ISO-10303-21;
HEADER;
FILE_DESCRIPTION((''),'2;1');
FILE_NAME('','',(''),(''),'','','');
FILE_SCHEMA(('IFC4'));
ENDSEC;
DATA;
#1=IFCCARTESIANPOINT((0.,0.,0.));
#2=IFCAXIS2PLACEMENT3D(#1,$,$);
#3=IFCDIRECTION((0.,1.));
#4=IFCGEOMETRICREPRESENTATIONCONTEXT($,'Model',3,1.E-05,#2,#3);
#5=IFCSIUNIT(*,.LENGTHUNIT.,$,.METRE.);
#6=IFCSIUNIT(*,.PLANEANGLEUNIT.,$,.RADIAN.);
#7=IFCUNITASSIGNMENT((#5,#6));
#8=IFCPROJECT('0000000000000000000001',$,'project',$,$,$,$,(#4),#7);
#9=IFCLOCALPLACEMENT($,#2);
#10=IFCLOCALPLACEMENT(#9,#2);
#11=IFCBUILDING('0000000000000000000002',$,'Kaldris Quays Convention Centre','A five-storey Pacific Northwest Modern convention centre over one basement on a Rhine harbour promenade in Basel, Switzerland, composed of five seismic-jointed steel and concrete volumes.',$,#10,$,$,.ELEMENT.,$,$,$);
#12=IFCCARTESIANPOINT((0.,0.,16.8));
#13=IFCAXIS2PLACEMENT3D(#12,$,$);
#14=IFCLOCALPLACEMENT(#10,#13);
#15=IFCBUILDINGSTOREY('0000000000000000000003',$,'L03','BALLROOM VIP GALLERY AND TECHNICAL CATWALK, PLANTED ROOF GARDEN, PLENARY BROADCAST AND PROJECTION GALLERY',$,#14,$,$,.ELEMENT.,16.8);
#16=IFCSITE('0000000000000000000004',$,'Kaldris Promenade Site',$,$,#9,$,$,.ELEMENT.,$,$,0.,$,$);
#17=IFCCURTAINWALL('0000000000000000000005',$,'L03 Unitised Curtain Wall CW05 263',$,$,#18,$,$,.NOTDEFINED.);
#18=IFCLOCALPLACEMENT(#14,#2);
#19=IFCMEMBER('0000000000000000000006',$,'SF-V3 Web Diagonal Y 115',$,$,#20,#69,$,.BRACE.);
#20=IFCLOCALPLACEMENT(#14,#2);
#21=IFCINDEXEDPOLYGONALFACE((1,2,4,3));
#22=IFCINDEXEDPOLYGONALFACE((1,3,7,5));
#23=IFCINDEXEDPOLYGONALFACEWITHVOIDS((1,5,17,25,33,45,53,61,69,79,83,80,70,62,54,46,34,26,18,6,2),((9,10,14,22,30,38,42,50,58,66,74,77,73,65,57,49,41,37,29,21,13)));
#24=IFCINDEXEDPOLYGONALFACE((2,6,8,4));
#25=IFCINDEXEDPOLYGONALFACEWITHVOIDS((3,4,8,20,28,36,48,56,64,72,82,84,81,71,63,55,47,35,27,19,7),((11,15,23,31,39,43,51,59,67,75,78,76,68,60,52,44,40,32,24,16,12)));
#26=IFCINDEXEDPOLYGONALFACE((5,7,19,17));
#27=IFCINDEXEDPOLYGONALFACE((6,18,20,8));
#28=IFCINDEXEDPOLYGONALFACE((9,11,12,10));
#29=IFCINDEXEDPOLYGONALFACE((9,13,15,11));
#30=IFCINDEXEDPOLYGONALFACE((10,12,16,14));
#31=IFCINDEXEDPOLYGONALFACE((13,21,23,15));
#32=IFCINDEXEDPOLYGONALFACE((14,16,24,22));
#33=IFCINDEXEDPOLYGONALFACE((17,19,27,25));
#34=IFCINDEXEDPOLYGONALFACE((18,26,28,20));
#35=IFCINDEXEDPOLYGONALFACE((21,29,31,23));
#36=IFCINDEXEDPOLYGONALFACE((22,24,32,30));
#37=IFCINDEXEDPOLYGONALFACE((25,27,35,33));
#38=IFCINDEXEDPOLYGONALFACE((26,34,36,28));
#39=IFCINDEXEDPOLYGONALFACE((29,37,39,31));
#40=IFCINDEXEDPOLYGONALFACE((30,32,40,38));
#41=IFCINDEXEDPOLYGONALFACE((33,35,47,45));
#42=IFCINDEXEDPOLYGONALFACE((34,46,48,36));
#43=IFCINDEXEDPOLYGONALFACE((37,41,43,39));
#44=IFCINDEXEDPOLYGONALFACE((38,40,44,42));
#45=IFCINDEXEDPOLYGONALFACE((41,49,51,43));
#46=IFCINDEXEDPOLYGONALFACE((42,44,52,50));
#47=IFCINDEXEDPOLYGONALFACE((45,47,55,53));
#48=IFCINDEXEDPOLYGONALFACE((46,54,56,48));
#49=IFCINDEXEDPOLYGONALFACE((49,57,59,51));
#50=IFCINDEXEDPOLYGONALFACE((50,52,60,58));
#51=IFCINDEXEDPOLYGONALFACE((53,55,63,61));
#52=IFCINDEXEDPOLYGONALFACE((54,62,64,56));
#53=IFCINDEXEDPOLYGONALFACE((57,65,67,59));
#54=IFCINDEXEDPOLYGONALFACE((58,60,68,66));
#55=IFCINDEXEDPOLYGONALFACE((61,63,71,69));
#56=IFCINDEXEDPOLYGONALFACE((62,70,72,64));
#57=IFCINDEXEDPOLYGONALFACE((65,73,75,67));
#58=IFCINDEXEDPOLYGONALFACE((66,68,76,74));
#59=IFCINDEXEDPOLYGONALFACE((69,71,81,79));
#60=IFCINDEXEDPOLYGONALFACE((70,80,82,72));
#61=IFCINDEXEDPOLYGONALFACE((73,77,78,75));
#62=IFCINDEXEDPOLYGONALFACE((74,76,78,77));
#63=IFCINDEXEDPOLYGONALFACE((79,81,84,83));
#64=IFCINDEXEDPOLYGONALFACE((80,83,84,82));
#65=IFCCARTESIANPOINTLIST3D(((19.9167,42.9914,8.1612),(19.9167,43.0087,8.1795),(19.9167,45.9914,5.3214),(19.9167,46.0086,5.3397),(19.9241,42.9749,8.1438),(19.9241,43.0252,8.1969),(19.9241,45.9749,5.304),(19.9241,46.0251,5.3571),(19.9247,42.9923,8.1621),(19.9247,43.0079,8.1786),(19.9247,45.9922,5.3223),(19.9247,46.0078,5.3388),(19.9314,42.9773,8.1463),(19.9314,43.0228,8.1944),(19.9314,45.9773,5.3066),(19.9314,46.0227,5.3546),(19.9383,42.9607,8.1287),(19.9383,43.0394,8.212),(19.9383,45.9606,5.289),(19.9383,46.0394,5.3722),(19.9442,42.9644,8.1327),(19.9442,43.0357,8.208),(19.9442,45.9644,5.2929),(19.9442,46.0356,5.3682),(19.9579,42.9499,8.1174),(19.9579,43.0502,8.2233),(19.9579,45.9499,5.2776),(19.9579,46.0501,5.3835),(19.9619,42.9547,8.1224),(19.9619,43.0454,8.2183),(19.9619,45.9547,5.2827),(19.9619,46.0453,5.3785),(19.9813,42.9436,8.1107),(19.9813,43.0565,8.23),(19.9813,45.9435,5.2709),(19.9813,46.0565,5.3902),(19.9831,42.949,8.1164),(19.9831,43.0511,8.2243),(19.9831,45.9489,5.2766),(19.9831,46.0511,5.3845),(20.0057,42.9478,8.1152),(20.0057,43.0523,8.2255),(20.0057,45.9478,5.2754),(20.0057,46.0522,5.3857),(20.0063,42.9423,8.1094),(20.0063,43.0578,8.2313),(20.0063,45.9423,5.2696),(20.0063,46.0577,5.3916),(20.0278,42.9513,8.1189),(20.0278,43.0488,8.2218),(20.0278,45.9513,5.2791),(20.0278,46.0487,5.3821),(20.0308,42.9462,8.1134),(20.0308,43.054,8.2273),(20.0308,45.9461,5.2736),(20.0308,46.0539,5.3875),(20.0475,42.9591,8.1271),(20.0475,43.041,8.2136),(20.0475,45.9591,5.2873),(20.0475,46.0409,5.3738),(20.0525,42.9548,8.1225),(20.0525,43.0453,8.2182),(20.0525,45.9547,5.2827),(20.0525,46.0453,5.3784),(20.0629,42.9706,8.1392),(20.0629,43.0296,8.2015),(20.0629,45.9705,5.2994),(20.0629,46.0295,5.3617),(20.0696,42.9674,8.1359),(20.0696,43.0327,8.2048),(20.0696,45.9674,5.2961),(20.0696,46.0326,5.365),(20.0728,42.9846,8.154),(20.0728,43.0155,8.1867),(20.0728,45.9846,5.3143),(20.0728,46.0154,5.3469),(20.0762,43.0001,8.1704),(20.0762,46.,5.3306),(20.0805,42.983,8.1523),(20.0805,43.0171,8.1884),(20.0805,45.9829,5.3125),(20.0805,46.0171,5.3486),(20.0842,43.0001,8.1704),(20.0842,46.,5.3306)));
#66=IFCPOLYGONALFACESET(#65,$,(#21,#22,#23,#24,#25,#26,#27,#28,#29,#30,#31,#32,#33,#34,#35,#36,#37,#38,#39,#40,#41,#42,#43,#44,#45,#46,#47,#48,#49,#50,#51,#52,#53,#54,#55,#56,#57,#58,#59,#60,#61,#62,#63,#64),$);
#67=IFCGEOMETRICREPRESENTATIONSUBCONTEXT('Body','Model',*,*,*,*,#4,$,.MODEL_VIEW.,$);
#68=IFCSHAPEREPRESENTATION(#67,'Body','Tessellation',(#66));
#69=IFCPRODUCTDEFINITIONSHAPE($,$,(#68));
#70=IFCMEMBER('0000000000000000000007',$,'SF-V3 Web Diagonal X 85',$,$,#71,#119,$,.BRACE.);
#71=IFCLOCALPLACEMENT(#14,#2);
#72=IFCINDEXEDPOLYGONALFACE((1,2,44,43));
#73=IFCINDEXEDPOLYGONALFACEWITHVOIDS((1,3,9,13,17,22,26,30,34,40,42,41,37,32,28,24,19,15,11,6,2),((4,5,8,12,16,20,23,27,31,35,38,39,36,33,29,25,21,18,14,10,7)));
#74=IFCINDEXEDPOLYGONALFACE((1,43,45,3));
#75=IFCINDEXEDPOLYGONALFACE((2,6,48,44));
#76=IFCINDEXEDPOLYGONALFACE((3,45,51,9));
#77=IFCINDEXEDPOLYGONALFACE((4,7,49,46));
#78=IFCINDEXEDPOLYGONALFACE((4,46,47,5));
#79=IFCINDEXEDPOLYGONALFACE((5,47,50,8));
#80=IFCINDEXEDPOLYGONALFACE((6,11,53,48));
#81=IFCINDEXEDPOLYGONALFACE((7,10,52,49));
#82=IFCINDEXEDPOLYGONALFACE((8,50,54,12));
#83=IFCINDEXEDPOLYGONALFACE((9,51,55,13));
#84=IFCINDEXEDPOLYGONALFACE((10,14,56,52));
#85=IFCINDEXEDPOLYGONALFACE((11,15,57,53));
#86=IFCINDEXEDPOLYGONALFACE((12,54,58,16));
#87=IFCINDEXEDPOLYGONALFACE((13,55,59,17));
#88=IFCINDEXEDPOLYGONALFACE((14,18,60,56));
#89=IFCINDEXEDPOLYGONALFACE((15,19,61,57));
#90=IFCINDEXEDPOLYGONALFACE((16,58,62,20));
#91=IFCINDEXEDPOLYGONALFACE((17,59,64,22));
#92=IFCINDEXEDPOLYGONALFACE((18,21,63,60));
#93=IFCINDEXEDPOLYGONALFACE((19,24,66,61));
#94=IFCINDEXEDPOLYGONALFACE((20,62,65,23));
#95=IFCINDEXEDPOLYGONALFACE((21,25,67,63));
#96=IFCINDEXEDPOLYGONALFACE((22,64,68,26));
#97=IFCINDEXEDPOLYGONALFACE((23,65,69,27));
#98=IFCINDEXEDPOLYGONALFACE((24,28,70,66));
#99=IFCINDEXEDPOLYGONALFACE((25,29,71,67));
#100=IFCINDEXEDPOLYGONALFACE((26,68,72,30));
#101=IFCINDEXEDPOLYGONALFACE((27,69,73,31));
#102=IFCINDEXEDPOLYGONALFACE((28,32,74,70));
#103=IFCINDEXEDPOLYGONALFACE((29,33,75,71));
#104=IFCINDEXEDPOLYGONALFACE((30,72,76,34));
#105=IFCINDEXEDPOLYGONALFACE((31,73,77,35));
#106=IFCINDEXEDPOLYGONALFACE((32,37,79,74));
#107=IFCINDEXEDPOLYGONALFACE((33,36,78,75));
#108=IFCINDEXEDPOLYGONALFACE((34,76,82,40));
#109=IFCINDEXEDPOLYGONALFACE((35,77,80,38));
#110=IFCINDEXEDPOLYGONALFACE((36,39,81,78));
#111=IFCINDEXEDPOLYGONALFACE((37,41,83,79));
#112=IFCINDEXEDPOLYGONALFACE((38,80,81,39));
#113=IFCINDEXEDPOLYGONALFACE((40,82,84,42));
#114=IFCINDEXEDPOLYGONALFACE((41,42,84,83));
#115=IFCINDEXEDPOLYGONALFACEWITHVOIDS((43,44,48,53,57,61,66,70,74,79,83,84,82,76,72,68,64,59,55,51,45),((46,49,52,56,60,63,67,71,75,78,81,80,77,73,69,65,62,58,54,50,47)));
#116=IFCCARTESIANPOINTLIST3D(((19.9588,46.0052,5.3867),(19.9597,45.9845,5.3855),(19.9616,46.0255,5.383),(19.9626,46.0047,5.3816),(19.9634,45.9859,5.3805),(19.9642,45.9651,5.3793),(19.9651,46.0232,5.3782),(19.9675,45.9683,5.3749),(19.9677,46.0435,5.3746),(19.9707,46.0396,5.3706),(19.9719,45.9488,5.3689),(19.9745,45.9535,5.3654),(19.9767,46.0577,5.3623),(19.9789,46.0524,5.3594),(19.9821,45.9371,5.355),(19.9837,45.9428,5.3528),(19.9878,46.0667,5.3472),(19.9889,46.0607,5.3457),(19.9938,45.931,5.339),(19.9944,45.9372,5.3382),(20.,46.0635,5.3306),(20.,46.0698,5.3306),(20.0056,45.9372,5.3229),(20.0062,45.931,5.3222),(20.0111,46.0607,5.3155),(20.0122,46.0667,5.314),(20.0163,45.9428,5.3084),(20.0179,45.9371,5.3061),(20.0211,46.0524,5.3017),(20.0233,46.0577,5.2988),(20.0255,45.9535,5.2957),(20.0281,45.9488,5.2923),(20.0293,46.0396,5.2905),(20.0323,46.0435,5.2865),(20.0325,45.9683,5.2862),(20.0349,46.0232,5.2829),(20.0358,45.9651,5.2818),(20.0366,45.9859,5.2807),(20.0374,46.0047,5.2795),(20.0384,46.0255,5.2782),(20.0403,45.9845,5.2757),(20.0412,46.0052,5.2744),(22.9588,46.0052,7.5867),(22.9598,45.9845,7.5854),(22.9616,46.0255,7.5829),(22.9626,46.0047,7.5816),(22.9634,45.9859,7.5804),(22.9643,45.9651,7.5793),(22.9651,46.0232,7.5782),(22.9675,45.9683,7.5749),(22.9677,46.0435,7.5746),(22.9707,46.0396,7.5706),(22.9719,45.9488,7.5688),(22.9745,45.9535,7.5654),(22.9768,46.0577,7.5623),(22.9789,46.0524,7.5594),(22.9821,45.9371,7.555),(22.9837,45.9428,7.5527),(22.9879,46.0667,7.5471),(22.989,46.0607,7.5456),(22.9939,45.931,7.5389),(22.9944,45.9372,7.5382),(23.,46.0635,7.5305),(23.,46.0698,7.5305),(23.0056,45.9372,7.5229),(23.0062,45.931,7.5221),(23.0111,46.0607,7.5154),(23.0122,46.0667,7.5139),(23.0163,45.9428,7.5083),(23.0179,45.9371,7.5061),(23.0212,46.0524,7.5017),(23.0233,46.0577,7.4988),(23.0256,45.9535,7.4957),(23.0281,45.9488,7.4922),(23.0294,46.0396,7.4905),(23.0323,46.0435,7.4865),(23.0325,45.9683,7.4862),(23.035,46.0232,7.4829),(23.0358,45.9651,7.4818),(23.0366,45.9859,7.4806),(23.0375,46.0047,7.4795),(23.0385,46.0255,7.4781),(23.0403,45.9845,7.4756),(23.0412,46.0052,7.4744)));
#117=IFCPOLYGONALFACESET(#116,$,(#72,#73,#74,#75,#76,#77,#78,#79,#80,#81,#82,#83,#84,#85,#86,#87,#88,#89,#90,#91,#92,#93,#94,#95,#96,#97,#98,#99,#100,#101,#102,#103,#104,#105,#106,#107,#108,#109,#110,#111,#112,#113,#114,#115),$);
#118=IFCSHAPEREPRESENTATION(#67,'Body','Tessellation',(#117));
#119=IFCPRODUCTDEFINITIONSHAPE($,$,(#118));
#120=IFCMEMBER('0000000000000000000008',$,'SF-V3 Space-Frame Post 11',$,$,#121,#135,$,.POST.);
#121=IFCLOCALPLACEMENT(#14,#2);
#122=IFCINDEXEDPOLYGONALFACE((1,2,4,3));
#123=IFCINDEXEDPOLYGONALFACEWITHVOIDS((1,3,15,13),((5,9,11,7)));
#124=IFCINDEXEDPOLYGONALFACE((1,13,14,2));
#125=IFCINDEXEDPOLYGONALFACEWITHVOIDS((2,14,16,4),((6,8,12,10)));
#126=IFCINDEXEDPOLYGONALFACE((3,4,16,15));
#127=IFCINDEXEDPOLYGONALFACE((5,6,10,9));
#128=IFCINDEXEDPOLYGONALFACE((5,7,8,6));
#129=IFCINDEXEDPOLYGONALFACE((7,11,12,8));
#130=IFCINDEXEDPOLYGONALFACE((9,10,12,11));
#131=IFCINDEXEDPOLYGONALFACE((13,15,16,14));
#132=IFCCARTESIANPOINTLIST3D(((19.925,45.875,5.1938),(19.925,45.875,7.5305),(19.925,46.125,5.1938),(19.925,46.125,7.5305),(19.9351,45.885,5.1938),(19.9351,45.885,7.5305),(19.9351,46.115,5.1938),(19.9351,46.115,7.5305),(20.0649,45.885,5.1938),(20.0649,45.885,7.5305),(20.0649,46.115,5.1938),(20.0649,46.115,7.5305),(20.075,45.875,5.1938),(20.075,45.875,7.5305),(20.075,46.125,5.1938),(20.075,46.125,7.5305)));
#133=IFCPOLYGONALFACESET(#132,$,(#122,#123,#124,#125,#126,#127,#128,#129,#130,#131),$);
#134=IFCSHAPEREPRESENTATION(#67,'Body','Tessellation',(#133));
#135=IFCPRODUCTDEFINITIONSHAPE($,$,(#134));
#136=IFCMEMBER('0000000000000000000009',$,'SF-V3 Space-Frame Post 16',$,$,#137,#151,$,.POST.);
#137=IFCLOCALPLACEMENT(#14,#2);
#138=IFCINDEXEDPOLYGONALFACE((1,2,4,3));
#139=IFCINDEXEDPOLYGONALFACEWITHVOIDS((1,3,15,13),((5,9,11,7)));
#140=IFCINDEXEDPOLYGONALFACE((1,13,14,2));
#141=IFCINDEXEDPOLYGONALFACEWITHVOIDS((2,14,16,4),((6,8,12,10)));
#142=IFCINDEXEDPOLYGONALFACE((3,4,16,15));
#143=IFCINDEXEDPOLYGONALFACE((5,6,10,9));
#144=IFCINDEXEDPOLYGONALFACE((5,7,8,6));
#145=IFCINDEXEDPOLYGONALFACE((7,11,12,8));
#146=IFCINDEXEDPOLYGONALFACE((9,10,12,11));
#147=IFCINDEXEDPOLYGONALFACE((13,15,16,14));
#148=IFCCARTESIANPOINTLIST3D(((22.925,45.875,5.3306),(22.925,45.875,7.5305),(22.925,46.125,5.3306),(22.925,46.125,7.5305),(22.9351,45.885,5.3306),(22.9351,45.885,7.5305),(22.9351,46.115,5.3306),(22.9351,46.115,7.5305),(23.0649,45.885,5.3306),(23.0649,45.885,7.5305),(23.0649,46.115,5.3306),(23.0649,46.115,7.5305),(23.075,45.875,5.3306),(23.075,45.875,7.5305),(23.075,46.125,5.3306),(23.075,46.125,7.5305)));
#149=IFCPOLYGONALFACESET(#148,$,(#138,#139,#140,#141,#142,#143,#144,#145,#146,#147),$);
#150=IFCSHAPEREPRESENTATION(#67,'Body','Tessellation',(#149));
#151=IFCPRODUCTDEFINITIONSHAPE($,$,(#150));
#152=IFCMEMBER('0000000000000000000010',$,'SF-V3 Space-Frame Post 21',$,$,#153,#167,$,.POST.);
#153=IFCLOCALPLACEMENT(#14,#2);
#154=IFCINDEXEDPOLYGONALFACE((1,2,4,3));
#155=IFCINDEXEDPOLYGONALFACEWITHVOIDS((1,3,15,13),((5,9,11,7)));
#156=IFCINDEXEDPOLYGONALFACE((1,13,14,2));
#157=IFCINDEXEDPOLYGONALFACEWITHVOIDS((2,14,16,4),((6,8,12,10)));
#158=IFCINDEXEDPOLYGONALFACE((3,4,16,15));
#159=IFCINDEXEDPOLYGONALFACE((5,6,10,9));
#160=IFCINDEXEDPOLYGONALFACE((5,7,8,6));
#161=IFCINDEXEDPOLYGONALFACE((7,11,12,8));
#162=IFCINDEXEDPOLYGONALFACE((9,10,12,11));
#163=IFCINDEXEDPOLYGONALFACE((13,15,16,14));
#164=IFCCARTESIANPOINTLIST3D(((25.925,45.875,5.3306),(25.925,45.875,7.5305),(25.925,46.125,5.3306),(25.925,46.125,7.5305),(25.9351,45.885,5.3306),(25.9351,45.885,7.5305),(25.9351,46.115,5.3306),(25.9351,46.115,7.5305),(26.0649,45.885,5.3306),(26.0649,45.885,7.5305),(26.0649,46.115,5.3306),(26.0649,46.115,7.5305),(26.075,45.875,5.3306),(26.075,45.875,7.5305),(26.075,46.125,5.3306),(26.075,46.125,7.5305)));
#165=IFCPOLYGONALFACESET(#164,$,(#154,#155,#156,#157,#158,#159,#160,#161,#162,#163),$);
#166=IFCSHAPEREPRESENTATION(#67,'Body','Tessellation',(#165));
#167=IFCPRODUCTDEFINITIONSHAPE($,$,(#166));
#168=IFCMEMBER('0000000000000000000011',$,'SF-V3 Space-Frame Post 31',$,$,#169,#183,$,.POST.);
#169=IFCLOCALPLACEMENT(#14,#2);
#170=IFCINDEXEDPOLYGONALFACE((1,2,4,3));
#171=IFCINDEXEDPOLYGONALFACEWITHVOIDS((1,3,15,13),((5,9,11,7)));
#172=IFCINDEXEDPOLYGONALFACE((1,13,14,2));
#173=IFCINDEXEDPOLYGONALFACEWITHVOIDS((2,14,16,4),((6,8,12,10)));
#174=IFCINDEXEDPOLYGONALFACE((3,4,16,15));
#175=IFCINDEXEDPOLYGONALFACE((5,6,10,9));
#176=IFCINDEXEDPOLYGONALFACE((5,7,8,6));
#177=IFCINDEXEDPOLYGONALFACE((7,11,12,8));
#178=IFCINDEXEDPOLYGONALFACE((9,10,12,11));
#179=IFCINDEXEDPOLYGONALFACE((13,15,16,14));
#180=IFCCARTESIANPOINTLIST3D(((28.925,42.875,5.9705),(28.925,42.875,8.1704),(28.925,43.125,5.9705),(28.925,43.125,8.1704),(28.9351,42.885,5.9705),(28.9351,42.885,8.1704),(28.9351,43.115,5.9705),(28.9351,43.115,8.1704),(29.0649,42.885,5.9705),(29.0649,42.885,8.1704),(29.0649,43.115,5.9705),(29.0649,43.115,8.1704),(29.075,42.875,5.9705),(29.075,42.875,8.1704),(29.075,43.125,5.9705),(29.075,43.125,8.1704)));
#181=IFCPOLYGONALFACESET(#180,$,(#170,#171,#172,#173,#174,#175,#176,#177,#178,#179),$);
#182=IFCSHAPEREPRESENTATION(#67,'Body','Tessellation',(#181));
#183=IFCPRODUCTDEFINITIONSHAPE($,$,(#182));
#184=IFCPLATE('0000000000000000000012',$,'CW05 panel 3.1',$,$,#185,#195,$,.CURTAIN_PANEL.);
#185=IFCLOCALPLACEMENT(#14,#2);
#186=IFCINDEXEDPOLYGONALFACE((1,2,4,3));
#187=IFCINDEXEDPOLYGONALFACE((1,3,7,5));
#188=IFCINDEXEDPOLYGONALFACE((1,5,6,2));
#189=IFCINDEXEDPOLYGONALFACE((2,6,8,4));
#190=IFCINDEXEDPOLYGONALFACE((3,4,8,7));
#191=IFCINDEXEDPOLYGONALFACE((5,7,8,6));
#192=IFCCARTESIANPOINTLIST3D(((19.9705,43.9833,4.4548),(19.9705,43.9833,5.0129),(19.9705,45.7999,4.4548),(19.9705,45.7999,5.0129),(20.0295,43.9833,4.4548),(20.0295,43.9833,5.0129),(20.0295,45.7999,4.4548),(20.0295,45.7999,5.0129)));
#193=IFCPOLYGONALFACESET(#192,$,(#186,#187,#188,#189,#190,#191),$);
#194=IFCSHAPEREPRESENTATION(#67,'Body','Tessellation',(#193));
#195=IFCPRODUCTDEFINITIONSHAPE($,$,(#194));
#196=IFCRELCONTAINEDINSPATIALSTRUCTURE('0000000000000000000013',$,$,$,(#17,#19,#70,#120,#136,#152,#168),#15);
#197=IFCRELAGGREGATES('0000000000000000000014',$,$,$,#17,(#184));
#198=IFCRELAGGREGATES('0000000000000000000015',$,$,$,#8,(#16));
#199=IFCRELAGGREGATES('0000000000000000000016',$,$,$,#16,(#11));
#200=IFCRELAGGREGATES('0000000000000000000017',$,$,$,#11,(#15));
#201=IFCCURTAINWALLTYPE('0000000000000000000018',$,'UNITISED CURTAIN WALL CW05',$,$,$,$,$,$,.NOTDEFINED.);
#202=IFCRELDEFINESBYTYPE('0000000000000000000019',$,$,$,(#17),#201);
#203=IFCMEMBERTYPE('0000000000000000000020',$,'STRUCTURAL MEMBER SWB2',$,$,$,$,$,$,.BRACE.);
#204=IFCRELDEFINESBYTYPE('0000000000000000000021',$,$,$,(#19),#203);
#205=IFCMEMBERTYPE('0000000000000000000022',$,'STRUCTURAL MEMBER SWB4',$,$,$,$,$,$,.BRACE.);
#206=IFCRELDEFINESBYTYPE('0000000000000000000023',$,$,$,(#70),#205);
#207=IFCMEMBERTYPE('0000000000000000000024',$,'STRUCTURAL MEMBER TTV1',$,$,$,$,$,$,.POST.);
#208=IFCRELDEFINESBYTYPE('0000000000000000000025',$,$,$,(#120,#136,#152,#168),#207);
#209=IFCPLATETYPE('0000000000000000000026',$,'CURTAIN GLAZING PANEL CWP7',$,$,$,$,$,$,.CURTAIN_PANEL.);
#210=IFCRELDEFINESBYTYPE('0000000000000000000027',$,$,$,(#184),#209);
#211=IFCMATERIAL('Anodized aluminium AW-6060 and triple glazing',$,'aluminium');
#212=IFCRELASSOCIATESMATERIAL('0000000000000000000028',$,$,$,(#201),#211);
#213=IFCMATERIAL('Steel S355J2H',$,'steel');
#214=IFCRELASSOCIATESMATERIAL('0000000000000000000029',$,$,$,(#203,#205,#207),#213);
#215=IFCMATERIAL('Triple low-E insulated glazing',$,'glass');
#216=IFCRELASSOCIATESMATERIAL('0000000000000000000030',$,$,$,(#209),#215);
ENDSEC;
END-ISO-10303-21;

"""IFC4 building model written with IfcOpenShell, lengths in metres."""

from ifc_helpers import new_model, si_unit, direction, frame, origin, origin_2d, place, context, subcontext, project, spatial, rectangle, hollow_rectangle, hollow_circle, extrude, material, material_profile, profile_set, type_object, element, aggregate, save


model = new_model("IFC4")

# Units and contexts
model_context = context("Model", 3, precision=1e-05, world=origin(), true_north=direction((0.0, 1.0)))
body_context = subcontext(model_context, "Body", "Model", "MODEL_VIEW")
ifc_project = project(units=[si_unit("LENGTHUNIT", "METRE"), si_unit("PLANEANGLEUNIT", "RADIAN")], contexts=[model_context])

# Site, building, storey
site_placement = place(None, origin())
site = spatial("IfcSite", under=ifc_project, at=site_placement, Name="Kaldris Promenade Site", CompositionType="ELEMENT", RefElevation=0.0)
building_placement = place(site_placement, origin())
building = spatial("IfcBuilding", under=site, at=building_placement, Name="Kaldris Quays Convention Centre", Description="A five-storey Pacific Northwest Modern convention centre over one basement on a Rhine harbour promenade in Basel, Switzerland, composed of five seismic-jointed steel and concrete volumes.", CompositionType="ELEMENT")
storey_placement = place(building_placement, frame((0.0, 0.0, 16.8)))
storey = spatial("IfcBuildingStorey", under=building, at=storey_placement, Name="L03", Description="BALLROOM VIP GALLERY AND TECHNICAL CATWALK, PLANTED ROOF GARDEN, PLENARY BROADCAST AND PROJECTION GALLERY", CompositionType="ELEMENT", Elevation=16.8)

# Curtain wall
ifc_material_1 = material(Name="Anodized aluminium AW-6060 and triple glazing", Category="aluminium")
curtain_wall_type = type_object("IfcCurtainWallType", Name="UNITISED CURTAIN WALL CW05", PredefinedType="NOTDEFINED", material=ifc_material_1)
curtain_wall_placement = place(storey_placement, origin())
curtain_wall = element("IfcCurtainWall", 1, at=curtain_wall_placement, inside=storey, type_object=curtain_wall_type, Name="L03 Unitised Curtain Wall CW05 263", PredefinedType="NOTDEFINED")

# Members
ifc_material_2 = material(Name="Steel S355J2H", Category="steel")
ifc_material_profile_1 = material_profile(ifc_material_2, hollow_circle(Radius=0.0842, WallThickness=0.0081, at=origin_2d()), Name="CHS 168.3x8")
ifc_profile_set_1 = profile_set([ifc_material_profile_1], Name="Steel S355J2H")
member_type_1 = type_object("IfcMemberType", Name="STRUCTURAL MEMBER SWB2", PredefinedType="BRACE", material=ifc_profile_set_1)
member_1_placement = place(storey_placement, frame((20.0, 46.0, 5.3306), z_axis=(0.0, -0.726226, 0.687456), x_axis=(1.0, 0.0, 0.0)))
element("IfcMember", 2, at=member_1_placement, inside=storey, type_object=member_type_1, Name="SF-V3 Web Diagonal Y 115", PredefinedType="BRACE", context=body_context, shape_type="SweptSolid", body=[
    extrude(hollow_circle(Radius=0.0842, WallThickness=0.0081, at=origin_2d()), origin(), (0.0, 0.0, 1.0), 4.1309),
])
ifc_material_profile_2 = material_profile(ifc_material_2, hollow_circle(Radius=0.0698, WallThickness=0.0063, at=origin_2d()), Name="CHS 139.7x6.3")
ifc_profile_set_2 = profile_set([ifc_material_profile_2], Name="Steel S355J2H")
member_type_2 = type_object("IfcMemberType", Name="STRUCTURAL MEMBER SWB4", PredefinedType="BRACE", material=ifc_profile_set_2)
member_2_placement = place(storey_placement, frame((20.0, 46.0, 5.3306), z_axis=(0.806411, 0.0, 0.591355), x_axis=(0.0, 1.0, 0.0)))
element("IfcMember", 3, at=member_2_placement, inside=storey, type_object=member_type_2, Name="SF-V3 Web Diagonal X 85", PredefinedType="BRACE", context=body_context, shape_type="SweptSolid", body=[
    extrude(hollow_circle(Radius=0.0698, WallThickness=0.0063, at=origin_2d()), origin(), (0.0, 0.0, 1.0), 3.7202),
])
ifc_material_profile_3 = material_profile(ifc_material_2, hollow_rectangle(XDim=0.1499, YDim=0.25, WallThickness=0.01, at=origin_2d()), Name="RHS 250x150x10")
ifc_profile_set_3 = profile_set([ifc_material_profile_3], Name="Steel S355J2H")
member_type_3 = type_object("IfcMemberType", Name="STRUCTURAL MEMBER TTV1", PredefinedType="POST", material=ifc_profile_set_3)
member_3_placement = place(storey_placement, frame((20.0, 46.0, 5.1938), z_axis=(0.0, 0.0, 1.0), x_axis=(1.0, 0.0, 0.0)))
element("IfcMember", 4, at=member_3_placement, inside=storey, type_object=member_type_3, Name="SF-V3 Space-Frame Post 11", PredefinedType="POST", context=body_context, shape_type="SweptSolid", body=[
    extrude(hollow_rectangle(XDim=0.1499, YDim=0.25, WallThickness=0.01, at=origin_2d()), origin(), (0.0, 0.0, 1.0), 2.3367),
])
for number, where, z_axis, x_axis, name in (
    (5, (23.0, 46.0, 5.3306), (0.0, 0.0, 1.0), (1.0, 0.0, 0.0), "SF-V3 Space-Frame Post 16"),
    (6, (26.0, 46.0, 5.3306), (0.0, 0.0, 1.0), (1.0, 0.0, 0.0), "SF-V3 Space-Frame Post 21"),
    (7, (29.0, 43.0, 5.9705), (0.0, 0.0, 1.0), (1.0, 0.0, 0.0), "SF-V3 Space-Frame Post 31"),
):
    element("IfcMember", number, at=place(storey_placement, frame(where, z_axis=z_axis, x_axis=x_axis)), inside=storey, type_object=member_type_3, Name=name, PredefinedType="POST", context=body_context, shape_type="SweptSolid", body=[
        extrude(hollow_rectangle(XDim=0.1499, YDim=0.25, WallThickness=0.01, at=origin_2d()), origin(), (0.0, 0.0, 1.0), 2.2),
    ])

# Plate
ifc_material_3 = material(Name="Triple low-E insulated glazing", Category="glass")
plate_type = type_object("IfcPlateType", Name="CURTAIN GLAZING PANEL CWP7", PredefinedType="CURTAIN_PANEL", material=ifc_material_3)
plate_1_placement = place(storey_placement, frame((20.0, 44.8916, 4.4548), z_axis=(0.0, 0.0, 1.0), x_axis=(0.0, 1.0, 0.0)))
plate_1 = element("IfcPlate", 8, at=plate_1_placement, type_object=plate_type, Name="CW05 panel 3.1", PredefinedType="CURTAIN_PANEL", context=body_context, shape_type="SweptSolid", body=[
    extrude(rectangle(XDim=1.8167, YDim=0.0591, at=origin_2d()), origin(), (0.0, 0.0, 1.0), 0.5581),
])
aggregate(curtain_wall, [plate_1])

save(model, "model.ifc")
